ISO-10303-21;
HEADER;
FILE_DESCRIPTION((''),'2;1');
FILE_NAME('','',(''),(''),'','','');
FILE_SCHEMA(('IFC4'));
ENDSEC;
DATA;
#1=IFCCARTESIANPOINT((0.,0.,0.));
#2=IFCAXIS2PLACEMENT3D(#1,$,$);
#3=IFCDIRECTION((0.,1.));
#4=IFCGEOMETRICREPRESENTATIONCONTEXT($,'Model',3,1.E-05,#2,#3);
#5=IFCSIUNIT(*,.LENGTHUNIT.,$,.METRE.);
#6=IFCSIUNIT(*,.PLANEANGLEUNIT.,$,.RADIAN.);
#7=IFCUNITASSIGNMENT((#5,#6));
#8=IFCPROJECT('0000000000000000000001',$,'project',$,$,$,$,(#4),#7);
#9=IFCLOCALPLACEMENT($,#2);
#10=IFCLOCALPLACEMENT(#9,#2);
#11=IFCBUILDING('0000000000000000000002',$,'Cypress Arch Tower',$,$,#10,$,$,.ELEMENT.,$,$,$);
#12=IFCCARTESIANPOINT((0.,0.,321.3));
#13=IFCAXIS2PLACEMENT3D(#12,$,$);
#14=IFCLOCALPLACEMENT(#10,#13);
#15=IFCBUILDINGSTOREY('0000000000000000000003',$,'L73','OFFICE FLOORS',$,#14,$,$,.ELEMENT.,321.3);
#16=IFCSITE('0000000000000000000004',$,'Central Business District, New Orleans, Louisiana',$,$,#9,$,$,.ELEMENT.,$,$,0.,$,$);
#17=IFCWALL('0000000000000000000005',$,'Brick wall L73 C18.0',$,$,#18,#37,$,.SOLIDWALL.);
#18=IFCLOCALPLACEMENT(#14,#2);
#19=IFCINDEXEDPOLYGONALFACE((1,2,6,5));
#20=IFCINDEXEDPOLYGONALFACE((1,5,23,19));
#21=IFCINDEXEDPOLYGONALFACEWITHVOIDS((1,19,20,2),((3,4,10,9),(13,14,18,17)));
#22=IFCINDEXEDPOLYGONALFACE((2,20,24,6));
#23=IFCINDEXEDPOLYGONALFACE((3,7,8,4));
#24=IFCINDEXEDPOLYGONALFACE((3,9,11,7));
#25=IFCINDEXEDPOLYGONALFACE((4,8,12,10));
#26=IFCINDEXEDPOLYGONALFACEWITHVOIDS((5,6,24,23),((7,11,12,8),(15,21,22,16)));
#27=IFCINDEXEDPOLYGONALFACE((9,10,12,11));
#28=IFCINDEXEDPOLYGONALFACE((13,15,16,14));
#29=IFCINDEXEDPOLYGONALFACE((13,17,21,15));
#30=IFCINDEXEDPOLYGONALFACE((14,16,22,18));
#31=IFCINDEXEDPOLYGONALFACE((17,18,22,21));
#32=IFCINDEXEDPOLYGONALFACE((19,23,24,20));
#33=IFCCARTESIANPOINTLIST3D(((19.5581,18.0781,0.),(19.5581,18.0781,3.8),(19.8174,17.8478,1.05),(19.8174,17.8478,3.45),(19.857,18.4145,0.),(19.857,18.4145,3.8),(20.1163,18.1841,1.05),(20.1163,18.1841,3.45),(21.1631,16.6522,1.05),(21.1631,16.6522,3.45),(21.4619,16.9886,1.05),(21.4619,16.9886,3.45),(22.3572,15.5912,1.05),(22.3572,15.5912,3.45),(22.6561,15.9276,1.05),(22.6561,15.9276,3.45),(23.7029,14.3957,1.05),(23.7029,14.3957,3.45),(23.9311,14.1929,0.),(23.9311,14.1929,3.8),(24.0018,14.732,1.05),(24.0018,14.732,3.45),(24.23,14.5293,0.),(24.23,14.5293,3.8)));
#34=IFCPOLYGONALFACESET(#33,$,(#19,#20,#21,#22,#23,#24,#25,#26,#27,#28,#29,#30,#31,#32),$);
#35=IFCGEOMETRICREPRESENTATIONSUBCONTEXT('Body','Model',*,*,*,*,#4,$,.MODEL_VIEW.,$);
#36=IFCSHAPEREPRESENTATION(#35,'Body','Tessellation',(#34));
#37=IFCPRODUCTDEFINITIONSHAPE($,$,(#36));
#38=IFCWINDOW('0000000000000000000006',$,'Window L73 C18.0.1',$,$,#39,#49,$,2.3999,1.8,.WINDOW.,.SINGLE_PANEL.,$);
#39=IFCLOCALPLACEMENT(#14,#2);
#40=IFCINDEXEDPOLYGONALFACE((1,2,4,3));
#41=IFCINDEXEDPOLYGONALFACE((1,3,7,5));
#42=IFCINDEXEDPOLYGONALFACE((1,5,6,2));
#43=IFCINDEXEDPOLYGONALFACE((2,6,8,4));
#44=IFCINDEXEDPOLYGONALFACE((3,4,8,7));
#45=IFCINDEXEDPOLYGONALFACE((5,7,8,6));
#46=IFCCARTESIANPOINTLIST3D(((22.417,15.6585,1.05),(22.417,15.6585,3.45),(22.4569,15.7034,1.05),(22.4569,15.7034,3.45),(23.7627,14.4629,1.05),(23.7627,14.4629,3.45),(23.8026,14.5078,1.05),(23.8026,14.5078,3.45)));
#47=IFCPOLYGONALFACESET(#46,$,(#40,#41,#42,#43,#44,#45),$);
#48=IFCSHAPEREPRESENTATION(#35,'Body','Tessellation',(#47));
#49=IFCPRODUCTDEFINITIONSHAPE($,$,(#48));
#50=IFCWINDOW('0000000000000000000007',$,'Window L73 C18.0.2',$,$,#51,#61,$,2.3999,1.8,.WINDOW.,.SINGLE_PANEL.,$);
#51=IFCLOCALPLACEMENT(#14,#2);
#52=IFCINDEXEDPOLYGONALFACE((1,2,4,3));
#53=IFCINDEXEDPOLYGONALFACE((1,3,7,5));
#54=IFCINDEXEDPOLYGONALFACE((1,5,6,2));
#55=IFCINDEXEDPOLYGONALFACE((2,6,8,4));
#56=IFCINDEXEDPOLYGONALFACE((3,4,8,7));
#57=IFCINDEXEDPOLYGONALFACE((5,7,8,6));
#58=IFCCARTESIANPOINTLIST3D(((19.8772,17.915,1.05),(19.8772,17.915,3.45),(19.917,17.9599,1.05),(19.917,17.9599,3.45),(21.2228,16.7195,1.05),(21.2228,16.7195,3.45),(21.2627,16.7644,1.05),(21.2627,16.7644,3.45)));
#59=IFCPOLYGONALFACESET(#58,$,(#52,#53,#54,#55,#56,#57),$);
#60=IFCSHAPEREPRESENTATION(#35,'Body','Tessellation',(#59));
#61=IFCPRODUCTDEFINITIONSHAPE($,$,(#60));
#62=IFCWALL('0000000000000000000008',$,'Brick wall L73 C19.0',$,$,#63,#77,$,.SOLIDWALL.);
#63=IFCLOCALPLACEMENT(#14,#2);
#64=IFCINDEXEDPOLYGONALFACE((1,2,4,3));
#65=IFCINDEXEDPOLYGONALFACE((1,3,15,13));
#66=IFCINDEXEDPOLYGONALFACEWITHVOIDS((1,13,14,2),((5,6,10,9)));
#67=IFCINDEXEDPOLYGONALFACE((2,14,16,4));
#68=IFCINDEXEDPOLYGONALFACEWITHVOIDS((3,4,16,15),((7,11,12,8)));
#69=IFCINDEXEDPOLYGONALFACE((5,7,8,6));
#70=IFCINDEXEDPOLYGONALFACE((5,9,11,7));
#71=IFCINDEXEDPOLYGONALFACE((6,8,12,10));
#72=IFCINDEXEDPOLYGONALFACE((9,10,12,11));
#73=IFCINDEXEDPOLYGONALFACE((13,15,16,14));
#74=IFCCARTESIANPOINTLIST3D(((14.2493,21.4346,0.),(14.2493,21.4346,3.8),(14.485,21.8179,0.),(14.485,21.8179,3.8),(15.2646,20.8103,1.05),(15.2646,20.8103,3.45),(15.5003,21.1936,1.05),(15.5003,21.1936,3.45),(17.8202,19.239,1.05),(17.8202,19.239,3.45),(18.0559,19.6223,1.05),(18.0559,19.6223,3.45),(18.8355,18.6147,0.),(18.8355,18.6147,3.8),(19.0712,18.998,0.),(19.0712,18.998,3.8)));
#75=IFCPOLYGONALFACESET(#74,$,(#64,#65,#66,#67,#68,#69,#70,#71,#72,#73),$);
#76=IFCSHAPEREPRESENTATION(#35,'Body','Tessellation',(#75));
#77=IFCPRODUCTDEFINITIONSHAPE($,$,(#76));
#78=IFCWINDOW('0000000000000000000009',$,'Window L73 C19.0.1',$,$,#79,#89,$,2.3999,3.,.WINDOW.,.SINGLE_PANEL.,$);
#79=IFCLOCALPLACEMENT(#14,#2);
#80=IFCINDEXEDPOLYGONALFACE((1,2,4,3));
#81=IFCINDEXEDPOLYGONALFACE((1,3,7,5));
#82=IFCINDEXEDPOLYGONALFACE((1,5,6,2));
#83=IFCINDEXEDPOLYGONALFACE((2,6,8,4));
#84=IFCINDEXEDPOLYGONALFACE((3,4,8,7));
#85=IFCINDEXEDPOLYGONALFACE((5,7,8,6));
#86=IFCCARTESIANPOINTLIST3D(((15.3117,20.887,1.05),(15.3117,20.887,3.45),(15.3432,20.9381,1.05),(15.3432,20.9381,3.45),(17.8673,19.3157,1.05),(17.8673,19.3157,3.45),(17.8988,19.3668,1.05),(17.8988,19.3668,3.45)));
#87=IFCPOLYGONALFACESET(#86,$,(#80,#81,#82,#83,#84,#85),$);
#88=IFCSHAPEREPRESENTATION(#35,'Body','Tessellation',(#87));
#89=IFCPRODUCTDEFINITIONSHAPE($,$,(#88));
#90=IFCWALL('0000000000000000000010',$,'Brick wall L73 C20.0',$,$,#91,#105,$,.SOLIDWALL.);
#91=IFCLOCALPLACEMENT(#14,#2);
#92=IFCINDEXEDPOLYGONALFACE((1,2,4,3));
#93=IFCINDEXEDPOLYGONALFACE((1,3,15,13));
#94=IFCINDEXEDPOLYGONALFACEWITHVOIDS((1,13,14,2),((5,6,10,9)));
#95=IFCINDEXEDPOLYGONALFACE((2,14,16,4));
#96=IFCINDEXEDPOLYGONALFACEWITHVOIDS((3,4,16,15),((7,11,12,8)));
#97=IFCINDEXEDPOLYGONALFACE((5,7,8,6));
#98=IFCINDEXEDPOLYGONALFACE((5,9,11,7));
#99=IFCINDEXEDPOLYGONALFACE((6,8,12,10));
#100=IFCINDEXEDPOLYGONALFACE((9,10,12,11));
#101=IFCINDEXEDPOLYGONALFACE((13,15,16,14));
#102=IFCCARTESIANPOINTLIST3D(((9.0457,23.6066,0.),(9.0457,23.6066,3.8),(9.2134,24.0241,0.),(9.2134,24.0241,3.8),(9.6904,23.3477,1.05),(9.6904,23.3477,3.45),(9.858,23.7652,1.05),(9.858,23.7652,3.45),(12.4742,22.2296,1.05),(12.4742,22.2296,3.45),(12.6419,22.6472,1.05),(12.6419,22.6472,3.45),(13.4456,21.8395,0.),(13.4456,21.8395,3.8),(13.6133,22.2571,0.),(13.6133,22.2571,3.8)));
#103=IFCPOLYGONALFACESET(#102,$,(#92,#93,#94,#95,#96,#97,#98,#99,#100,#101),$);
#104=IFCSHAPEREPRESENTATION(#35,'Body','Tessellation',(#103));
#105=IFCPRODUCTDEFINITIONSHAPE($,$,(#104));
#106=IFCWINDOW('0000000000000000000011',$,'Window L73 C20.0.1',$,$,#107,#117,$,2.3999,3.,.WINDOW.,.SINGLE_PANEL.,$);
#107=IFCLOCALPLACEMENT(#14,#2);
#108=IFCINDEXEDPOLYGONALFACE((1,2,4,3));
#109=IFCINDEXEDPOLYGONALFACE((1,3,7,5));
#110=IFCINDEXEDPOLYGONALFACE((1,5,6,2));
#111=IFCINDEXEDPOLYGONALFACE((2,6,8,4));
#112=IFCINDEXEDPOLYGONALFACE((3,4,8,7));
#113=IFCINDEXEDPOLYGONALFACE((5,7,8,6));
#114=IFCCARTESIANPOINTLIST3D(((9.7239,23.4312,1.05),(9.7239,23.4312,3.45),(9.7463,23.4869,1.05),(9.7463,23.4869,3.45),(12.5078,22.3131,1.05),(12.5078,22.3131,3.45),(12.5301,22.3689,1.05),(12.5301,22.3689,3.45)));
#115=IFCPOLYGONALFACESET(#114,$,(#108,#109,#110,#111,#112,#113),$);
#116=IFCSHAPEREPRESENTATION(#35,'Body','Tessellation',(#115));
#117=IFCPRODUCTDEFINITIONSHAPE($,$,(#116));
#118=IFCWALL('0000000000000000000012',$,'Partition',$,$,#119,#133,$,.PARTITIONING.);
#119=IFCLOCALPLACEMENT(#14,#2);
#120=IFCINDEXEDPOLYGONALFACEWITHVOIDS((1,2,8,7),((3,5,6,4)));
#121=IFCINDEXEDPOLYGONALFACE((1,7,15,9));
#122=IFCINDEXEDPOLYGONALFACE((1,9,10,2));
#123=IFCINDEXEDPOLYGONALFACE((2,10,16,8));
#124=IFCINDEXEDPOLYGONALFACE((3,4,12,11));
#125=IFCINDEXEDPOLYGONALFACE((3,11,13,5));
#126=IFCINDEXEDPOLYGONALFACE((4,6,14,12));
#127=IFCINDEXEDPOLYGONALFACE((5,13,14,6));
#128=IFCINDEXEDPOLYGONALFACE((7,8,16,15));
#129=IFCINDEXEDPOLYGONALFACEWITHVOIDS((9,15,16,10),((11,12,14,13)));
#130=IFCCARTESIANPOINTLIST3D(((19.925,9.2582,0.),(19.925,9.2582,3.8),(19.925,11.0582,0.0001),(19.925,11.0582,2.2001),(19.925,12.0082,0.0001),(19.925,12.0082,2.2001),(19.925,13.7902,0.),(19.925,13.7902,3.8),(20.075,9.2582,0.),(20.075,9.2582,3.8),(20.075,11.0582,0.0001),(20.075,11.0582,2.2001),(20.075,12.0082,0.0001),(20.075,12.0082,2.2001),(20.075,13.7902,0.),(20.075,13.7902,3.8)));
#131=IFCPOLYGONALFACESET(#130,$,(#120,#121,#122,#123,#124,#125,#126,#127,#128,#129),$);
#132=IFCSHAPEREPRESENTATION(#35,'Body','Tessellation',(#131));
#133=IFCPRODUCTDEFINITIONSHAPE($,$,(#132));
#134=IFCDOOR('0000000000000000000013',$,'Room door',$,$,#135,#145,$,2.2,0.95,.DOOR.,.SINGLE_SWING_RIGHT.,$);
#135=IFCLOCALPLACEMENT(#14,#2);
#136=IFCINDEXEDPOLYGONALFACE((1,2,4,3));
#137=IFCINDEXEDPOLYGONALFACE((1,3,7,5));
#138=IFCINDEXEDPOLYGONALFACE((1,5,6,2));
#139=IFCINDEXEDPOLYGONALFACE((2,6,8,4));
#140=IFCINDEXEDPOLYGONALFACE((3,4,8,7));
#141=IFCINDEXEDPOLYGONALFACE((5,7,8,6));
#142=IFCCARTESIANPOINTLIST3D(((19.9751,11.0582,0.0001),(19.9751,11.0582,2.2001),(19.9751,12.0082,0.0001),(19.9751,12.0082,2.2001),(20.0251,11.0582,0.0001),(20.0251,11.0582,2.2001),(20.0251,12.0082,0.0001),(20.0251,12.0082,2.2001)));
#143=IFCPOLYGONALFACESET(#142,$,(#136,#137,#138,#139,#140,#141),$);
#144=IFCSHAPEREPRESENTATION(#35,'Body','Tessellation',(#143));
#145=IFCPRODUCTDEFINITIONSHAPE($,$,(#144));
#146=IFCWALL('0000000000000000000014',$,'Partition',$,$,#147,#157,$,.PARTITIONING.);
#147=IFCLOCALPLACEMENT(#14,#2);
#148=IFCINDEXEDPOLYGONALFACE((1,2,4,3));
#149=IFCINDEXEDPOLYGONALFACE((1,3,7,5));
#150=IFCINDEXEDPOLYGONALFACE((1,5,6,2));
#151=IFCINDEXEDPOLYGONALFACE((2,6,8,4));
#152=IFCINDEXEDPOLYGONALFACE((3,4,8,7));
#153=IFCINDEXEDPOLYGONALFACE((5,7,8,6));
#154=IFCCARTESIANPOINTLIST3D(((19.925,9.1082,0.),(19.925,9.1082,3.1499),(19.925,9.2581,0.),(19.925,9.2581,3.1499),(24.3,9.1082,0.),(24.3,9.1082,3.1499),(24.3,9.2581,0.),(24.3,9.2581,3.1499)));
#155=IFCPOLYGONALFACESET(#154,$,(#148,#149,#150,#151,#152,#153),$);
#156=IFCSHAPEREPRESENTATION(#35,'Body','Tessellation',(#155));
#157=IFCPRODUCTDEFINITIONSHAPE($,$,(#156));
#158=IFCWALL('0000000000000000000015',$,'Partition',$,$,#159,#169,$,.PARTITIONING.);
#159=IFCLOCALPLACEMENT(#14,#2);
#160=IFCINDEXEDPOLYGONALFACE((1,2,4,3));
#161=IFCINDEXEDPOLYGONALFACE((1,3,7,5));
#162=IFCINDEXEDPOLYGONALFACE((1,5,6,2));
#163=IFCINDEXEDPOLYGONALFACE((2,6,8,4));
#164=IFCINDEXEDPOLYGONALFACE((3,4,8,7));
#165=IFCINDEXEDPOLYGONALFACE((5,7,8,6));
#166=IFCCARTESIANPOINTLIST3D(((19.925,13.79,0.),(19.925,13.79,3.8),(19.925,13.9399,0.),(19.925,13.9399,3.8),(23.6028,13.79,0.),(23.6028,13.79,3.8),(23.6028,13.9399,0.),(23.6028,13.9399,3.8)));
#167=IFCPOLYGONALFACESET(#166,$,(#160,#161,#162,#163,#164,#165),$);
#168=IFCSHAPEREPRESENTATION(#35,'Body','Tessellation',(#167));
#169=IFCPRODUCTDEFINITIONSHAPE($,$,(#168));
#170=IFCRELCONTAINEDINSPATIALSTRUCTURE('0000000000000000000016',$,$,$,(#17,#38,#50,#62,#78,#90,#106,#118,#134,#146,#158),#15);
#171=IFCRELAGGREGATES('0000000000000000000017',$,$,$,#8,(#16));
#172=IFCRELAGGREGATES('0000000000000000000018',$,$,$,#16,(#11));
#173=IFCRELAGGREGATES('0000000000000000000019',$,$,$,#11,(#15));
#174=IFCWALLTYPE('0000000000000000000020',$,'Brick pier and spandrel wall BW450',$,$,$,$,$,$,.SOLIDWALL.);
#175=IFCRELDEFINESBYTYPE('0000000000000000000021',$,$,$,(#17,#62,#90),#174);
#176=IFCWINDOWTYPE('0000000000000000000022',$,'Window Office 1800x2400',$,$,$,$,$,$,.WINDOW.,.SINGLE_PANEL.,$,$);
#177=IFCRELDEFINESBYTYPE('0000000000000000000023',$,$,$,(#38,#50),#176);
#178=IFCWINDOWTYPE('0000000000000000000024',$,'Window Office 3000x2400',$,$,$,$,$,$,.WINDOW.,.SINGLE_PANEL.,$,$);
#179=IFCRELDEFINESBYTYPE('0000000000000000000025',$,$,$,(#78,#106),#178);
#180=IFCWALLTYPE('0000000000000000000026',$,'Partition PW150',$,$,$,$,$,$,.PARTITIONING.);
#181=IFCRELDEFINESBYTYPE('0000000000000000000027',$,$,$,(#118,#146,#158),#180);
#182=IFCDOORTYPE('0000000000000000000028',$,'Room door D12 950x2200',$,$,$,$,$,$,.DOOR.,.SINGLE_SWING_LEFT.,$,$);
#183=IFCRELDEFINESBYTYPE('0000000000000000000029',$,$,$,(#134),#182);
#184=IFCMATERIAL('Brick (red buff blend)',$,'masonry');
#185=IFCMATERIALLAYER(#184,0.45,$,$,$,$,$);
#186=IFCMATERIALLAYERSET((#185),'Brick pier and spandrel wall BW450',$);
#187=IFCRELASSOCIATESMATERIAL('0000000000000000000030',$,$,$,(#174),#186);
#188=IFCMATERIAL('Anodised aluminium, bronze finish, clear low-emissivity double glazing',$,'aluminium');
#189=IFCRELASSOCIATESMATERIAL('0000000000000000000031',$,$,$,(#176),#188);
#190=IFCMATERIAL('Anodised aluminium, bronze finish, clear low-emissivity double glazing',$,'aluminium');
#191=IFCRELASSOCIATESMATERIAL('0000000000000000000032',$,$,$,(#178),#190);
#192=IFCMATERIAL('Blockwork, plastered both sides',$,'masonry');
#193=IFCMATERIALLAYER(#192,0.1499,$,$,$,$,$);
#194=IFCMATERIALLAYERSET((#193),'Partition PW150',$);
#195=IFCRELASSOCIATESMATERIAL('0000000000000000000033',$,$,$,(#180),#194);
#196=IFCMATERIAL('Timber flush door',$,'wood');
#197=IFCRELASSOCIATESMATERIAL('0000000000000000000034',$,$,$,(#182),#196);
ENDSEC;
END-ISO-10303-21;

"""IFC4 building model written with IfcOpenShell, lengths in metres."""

from ifc_helpers import new_model, si_unit, direction, frame, frame_2d, origin, place, context, subcontext, project, spatial, rectangle, extrude, material, layer, layer_set, type_object, element, fill, save


model = new_model("IFC4")

# Units and contexts
model_context = context("Model", 3, precision=1e-05, world=origin(), true_north=direction((0.0, 1.0)))
body_context = subcontext(model_context, "Body", "Model", "MODEL_VIEW")
ifc_project = project(units=[si_unit("LENGTHUNIT", "METRE"), si_unit("PLANEANGLEUNIT", "RADIAN")], contexts=[model_context])

# Site, building, storey
site_placement = place(None, origin())
site = spatial("IfcSite", under=ifc_project, at=site_placement, Name="Central Business District, New Orleans, Louisiana", CompositionType="ELEMENT", RefElevation=0.0)
building_placement = place(site_placement, origin())
building = spatial("IfcBuilding", under=site, at=building_placement, Name="Cypress Arch Tower", CompositionType="ELEMENT")
storey_placement = place(building_placement, frame((0.0, 0.0, 321.3)))
storey = spatial("IfcBuildingStorey", under=building, at=storey_placement, Name="L73", Description="OFFICE FLOORS", CompositionType="ELEMENT", Elevation=321.3)

# Wall, openings, windows
ifc_material_1 = material(Name="Brick (red buff blend)", Category="masonry")
ifc_layer_1 = layer(ifc_material_1, 0.45)
ifc_layer_set_1 = layer_set([ifc_layer_1], Name="Brick pier and spandrel wall BW450")
wall_type_1 = type_object("IfcWallType", Name="Brick pier and spandrel wall BW450", PredefinedType="SOLIDWALL", material=ifc_layer_set_1)
wall_1_placement = place(storey_placement, frame((24.0806, 14.3611, 0.0), z_axis=(0.0, 0.0, 1.0), x_axis=(-0.74757, 0.664182, 0.0)))
wall_1 = element("IfcWall", 1, at=wall_1_placement, inside=storey, type_object=wall_type_1, Name="Brick wall L73 C18.0", PredefinedType="SOLIDWALL", context=body_context, shape_type="SweptSolid", body=[
    extrude(rectangle(XDim=5.8496, YDim=0.45, at=frame_2d((2.9248, 0.0))), origin(), (0.0, 0.0, 1.0), 3.8),
])
opening_1_placement = place(wall_1_placement, frame((0.3054, 0.0, 1.05)))
opening_1 = element("IfcOpeningElement", 2, at=opening_1_placement, cuts=wall_1, PredefinedType="OPENING", context=body_context, shape_type="SweptSolid", body=[
    extrude(rectangle(XDim=1.8, YDim=2.3999, at=frame_2d((0.8999, 1.2))), frame((0.0, 0.2349, 0.0), z_axis=(0.0, -1.0, 0.0), x_axis=(1.0, 0.0, 0.0)), (0.0, 0.0, 1.0), 0.47),
])
opening_2_placement = place(wall_1_placement, frame((3.7029, 0.0, 1.05)))
opening_2 = element("IfcOpeningElement", 3, at=opening_2_placement, cuts=wall_1, PredefinedType="OPENING", context=body_context, shape_type="SweptSolid", body=[
    extrude(rectangle(XDim=1.8, YDim=2.3999, at=frame_2d((0.8999, 1.2))), frame((0.0, 0.2349, 0.0), z_axis=(0.0, -1.0, 0.0), x_axis=(1.0, 0.0, 0.0)), (0.0, 0.0, 1.0), 0.47),
])
ifc_material_2 = material(Name="Anodised aluminium, bronze finish, clear low-emissivity double glazing", Category="aluminium")
window_type_1 = type_object("IfcWindowType", Name="Window Office 1800x2400", PartitioningType="SINGLE_PANEL", PredefinedType="WINDOW", material=ifc_material_2)
window_1_placement = place(opening_1_placement, origin())
window_1 = element("IfcWindow", 4, at=window_1_placement, inside=storey, type_object=window_type_1, Name="Window L73 C18.0.1", OverallHeight=2.3999, OverallWidth=1.8, PartitioningType="SINGLE_PANEL", PredefinedType="WINDOW", context=body_context, shape_type="SweptSolid", body=[
    extrude(rectangle(XDim=1.8, YDim=2.3999, at=frame_2d((0.8999, 1.2))), frame((0.0, 0.135, 0.0), z_axis=(0.0, -1.0, 0.0), x_axis=(1.0, 0.0, 0.0)), (0.0, 0.0, 1.0), 0.0601),
])
fill(opening_1, window_1)
window_2_placement = place(opening_2_placement, origin())
window_2 = element("IfcWindow", 5, at=window_2_placement, inside=storey, type_object=window_type_1, Name="Window L73 C18.0.2", OverallHeight=2.3999, OverallWidth=1.8, PartitioningType="SINGLE_PANEL", PredefinedType="WINDOW", context=body_context, shape_type="SweptSolid", body=[
    extrude(rectangle(XDim=1.8, YDim=2.3999, at=frame_2d((0.8999, 1.2))), frame((0.0, 0.135, 0.0), z_axis=(0.0, -1.0, 0.0), x_axis=(1.0, 0.0, 0.0)), (0.0, 0.0, 1.0), 0.0601),
])
fill(opening_2, window_2)

# Walls, openings, windows
wall_2_placement = place(storey_placement, frame((18.9534, 18.8064, 0.0), z_axis=(0.0, 0.0, 1.0), x_axis=(-0.851861, 0.523768, 0.0)))
wall_2 = element("IfcWall", 6, at=wall_2_placement, inside=storey, type_object=wall_type_1, Name="Brick wall L73 C19.0", PredefinedType="SOLIDWALL", context=body_context, shape_type="SweptSolid", body=[
    extrude(rectangle(XDim=5.3838, YDim=0.45, at=frame_2d((2.6919, 0.0))), origin(), (0.0, 0.0, 1.0), 3.8),
])
opening_3_placement = place(wall_2_placement, frame((1.1919, 0.0, 1.05)))
opening_3 = element("IfcOpeningElement", 7, at=opening_3_placement, cuts=wall_2, PredefinedType="OPENING", context=body_context, shape_type="SweptSolid", body=[
    extrude(rectangle(XDim=3.0, YDim=2.3999, at=frame_2d((1.5, 1.2))), frame((0.0, 0.2349, 0.0), z_axis=(0.0, -1.0, 0.0), x_axis=(1.0, 0.0, 0.0)), (0.0, 0.0, 1.0), 0.47),
])
ifc_material_3 = material(Name="Anodised aluminium, bronze finish, clear low-emissivity double glazing", Category="aluminium")
window_type_2 = type_object("IfcWindowType", Name="Window Office 3000x2400", PartitioningType="SINGLE_PANEL", PredefinedType="WINDOW", material=ifc_material_3)
window_3_placement = place(opening_3_placement, origin())
window_3 = element("IfcWindow", 8, at=window_3_placement, inside=storey, type_object=window_type_2, Name="Window L73 C19.0.1", OverallHeight=2.3999, OverallWidth=3.0, PartitioningType="SINGLE_PANEL", PredefinedType="WINDOW", context=body_context, shape_type="SweptSolid", body=[
    extrude(rectangle(XDim=3.0, YDim=2.3999, at=frame_2d((1.5, 1.2))), frame((0.0, 0.135, 0.0), z_axis=(0.0, -1.0, 0.0), x_axis=(1.0, 0.0, 0.0)), (0.0, 0.0, 1.0), 0.0601),
])
fill(opening_3, window_3)
wall_3_placement = place(storey_placement, frame((13.5293, 22.0483, 0.0), z_axis=(0.0, 0.0, 1.0), x_axis=(-0.927957, 0.372686, 0.0)))
wall_3 = element("IfcWall", 9, at=wall_3_placement, inside=storey, type_object=wall_type_1, Name="Brick wall L73 C20.0", PredefinedType="SOLIDWALL", context=body_context, shape_type="SweptSolid", body=[
    extrude(rectangle(XDim=4.7415, YDim=0.45, at=frame_2d((2.3706, 0.0))), origin(), (0.0, 0.0, 1.0), 3.8),
])
opening_4_placement = place(wall_3_placement, frame((1.0466, 0.0, 1.05)))
opening_4 = element("IfcOpeningElement", 10, at=opening_4_placement, cuts=wall_3, PredefinedType="OPENING", context=body_context, shape_type="SweptSolid", body=[
    extrude(rectangle(XDim=3.0, YDim=2.3999, at=frame_2d((1.5, 1.2))), frame((0.0, 0.2349, 0.0), z_axis=(0.0, -1.0, 0.0), x_axis=(1.0, 0.0, 0.0)), (0.0, 0.0, 1.0), 0.47),
])
window_4_placement = place(opening_4_placement, origin())
window_4 = element("IfcWindow", 11, at=window_4_placement, inside=storey, type_object=window_type_2, Name="Window L73 C20.0.1", OverallHeight=2.3999, OverallWidth=3.0, PartitioningType="SINGLE_PANEL", PredefinedType="WINDOW", context=body_context, shape_type="SweptSolid", body=[
    extrude(rectangle(XDim=3.0, YDim=2.3999, at=frame_2d((1.5, 1.2))), frame((0.0, 0.135, 0.0), z_axis=(0.0, -1.0, 0.0), x_axis=(1.0, 0.0, 0.0)), (0.0, 0.0, 1.0), 0.0601),
])
fill(opening_4, window_4)

# Wall, opening, door
ifc_material_4 = material(Name="Blockwork, plastered both sides", Category="masonry")
ifc_layer_2 = layer(ifc_material_4, 0.1499)
ifc_layer_set_2 = layer_set([ifc_layer_2], Name="Partition PW150")
wall_type_2 = type_object("IfcWallType", Name="Partition PW150", PredefinedType="PARTITIONING", material=ifc_layer_set_2)
wall_4_placement = place(storey_placement, frame((20.0, 9.2581, 0.0), z_axis=(0.0, 0.0, 1.0), x_axis=(0.0, 1.0, 0.0)))
wall_4 = element("IfcWall", 12, at=wall_4_placement, inside=storey, type_object=wall_type_2, Name="Partition", PredefinedType="PARTITIONING", context=body_context, shape_type="SweptSolid", body=[
    extrude(rectangle(XDim=4.532, YDim=0.1499, at=frame_2d((2.2661, 0.0))), origin(), (0.0, 0.0, 1.0), 3.8),
])
opening_5_placement = place(wall_4_placement, frame((1.8, 0.0, 0.0)))
opening_5 = element("IfcOpeningElement", 13, at=opening_5_placement, cuts=wall_4, PredefinedType="OPENING", context=body_context, shape_type="SweptSolid", body=[
    extrude(rectangle(XDim=0.95, YDim=2.2, at=frame_2d((0.4751, 1.1001))), frame((0.0, 0.085, 0.0), z_axis=(0.0, -1.0, 0.0), x_axis=(1.0, 0.0, 0.0)), (0.0, 0.0, 1.0), 0.1699),
])
ifc_material_5 = material(Name="Timber flush door", Category="wood")
door_type_1 = type_object("IfcDoorType", Name="Room door D12 950x2200", OperationType="SINGLE_SWING_LEFT", PredefinedType="DOOR", material=ifc_material_5)
door_1_placement = place(opening_5_placement, origin())
door_1 = element("IfcDoor", 14, at=door_1_placement, inside=storey, type_object=door_type_1, Name="Room door", OperationType="SINGLE_SWING_RIGHT", OverallHeight=2.2, OverallWidth=0.95, PredefinedType="DOOR", context=body_context, shape_type="SweptSolid", body=[
    extrude(rectangle(XDim=0.95, YDim=2.2, at=frame_2d((0.4751, 1.1001))), frame((0.0, 0.0249, 0.0), z_axis=(0.0, -1.0, 0.0), x_axis=(1.0, 0.0, 0.0)), (0.0, 0.0, 1.0), 0.05),
])
fill(opening_5, door_1)

# Walls
wall_5_placement = place(storey_placement, frame((19.925, 9.1831, 0.0), z_axis=(0.0, 0.0, 1.0), x_axis=(1.0, 0.0, 0.0)))
element("IfcWall", 15, at=wall_5_placement, inside=storey, type_object=wall_type_2, Name="Partition", PredefinedType="PARTITIONING", context=body_context, shape_type="SweptSolid", body=[
    extrude(rectangle(XDim=4.375, YDim=0.1499, at=frame_2d((2.1875, 0.0))), origin(), (0.0, 0.0, 1.0), 3.1499),
])
wall_6_placement = place(storey_placement, frame((19.925, 13.865, 0.0), z_axis=(0.0, 0.0, 1.0), x_axis=(1.0, 0.0, 0.0)))
element("IfcWall", 16, at=wall_6_placement, inside=storey, type_object=wall_type_2, Name="Partition", PredefinedType="PARTITIONING", context=body_context, shape_type="SweptSolid", body=[
    extrude(rectangle(XDim=3.6777, YDim=0.1499, at=frame_2d((1.8389, 0.0))), origin(), (0.0, 0.0, 1.0), 3.8),
])

save(model, "model.ifc")
